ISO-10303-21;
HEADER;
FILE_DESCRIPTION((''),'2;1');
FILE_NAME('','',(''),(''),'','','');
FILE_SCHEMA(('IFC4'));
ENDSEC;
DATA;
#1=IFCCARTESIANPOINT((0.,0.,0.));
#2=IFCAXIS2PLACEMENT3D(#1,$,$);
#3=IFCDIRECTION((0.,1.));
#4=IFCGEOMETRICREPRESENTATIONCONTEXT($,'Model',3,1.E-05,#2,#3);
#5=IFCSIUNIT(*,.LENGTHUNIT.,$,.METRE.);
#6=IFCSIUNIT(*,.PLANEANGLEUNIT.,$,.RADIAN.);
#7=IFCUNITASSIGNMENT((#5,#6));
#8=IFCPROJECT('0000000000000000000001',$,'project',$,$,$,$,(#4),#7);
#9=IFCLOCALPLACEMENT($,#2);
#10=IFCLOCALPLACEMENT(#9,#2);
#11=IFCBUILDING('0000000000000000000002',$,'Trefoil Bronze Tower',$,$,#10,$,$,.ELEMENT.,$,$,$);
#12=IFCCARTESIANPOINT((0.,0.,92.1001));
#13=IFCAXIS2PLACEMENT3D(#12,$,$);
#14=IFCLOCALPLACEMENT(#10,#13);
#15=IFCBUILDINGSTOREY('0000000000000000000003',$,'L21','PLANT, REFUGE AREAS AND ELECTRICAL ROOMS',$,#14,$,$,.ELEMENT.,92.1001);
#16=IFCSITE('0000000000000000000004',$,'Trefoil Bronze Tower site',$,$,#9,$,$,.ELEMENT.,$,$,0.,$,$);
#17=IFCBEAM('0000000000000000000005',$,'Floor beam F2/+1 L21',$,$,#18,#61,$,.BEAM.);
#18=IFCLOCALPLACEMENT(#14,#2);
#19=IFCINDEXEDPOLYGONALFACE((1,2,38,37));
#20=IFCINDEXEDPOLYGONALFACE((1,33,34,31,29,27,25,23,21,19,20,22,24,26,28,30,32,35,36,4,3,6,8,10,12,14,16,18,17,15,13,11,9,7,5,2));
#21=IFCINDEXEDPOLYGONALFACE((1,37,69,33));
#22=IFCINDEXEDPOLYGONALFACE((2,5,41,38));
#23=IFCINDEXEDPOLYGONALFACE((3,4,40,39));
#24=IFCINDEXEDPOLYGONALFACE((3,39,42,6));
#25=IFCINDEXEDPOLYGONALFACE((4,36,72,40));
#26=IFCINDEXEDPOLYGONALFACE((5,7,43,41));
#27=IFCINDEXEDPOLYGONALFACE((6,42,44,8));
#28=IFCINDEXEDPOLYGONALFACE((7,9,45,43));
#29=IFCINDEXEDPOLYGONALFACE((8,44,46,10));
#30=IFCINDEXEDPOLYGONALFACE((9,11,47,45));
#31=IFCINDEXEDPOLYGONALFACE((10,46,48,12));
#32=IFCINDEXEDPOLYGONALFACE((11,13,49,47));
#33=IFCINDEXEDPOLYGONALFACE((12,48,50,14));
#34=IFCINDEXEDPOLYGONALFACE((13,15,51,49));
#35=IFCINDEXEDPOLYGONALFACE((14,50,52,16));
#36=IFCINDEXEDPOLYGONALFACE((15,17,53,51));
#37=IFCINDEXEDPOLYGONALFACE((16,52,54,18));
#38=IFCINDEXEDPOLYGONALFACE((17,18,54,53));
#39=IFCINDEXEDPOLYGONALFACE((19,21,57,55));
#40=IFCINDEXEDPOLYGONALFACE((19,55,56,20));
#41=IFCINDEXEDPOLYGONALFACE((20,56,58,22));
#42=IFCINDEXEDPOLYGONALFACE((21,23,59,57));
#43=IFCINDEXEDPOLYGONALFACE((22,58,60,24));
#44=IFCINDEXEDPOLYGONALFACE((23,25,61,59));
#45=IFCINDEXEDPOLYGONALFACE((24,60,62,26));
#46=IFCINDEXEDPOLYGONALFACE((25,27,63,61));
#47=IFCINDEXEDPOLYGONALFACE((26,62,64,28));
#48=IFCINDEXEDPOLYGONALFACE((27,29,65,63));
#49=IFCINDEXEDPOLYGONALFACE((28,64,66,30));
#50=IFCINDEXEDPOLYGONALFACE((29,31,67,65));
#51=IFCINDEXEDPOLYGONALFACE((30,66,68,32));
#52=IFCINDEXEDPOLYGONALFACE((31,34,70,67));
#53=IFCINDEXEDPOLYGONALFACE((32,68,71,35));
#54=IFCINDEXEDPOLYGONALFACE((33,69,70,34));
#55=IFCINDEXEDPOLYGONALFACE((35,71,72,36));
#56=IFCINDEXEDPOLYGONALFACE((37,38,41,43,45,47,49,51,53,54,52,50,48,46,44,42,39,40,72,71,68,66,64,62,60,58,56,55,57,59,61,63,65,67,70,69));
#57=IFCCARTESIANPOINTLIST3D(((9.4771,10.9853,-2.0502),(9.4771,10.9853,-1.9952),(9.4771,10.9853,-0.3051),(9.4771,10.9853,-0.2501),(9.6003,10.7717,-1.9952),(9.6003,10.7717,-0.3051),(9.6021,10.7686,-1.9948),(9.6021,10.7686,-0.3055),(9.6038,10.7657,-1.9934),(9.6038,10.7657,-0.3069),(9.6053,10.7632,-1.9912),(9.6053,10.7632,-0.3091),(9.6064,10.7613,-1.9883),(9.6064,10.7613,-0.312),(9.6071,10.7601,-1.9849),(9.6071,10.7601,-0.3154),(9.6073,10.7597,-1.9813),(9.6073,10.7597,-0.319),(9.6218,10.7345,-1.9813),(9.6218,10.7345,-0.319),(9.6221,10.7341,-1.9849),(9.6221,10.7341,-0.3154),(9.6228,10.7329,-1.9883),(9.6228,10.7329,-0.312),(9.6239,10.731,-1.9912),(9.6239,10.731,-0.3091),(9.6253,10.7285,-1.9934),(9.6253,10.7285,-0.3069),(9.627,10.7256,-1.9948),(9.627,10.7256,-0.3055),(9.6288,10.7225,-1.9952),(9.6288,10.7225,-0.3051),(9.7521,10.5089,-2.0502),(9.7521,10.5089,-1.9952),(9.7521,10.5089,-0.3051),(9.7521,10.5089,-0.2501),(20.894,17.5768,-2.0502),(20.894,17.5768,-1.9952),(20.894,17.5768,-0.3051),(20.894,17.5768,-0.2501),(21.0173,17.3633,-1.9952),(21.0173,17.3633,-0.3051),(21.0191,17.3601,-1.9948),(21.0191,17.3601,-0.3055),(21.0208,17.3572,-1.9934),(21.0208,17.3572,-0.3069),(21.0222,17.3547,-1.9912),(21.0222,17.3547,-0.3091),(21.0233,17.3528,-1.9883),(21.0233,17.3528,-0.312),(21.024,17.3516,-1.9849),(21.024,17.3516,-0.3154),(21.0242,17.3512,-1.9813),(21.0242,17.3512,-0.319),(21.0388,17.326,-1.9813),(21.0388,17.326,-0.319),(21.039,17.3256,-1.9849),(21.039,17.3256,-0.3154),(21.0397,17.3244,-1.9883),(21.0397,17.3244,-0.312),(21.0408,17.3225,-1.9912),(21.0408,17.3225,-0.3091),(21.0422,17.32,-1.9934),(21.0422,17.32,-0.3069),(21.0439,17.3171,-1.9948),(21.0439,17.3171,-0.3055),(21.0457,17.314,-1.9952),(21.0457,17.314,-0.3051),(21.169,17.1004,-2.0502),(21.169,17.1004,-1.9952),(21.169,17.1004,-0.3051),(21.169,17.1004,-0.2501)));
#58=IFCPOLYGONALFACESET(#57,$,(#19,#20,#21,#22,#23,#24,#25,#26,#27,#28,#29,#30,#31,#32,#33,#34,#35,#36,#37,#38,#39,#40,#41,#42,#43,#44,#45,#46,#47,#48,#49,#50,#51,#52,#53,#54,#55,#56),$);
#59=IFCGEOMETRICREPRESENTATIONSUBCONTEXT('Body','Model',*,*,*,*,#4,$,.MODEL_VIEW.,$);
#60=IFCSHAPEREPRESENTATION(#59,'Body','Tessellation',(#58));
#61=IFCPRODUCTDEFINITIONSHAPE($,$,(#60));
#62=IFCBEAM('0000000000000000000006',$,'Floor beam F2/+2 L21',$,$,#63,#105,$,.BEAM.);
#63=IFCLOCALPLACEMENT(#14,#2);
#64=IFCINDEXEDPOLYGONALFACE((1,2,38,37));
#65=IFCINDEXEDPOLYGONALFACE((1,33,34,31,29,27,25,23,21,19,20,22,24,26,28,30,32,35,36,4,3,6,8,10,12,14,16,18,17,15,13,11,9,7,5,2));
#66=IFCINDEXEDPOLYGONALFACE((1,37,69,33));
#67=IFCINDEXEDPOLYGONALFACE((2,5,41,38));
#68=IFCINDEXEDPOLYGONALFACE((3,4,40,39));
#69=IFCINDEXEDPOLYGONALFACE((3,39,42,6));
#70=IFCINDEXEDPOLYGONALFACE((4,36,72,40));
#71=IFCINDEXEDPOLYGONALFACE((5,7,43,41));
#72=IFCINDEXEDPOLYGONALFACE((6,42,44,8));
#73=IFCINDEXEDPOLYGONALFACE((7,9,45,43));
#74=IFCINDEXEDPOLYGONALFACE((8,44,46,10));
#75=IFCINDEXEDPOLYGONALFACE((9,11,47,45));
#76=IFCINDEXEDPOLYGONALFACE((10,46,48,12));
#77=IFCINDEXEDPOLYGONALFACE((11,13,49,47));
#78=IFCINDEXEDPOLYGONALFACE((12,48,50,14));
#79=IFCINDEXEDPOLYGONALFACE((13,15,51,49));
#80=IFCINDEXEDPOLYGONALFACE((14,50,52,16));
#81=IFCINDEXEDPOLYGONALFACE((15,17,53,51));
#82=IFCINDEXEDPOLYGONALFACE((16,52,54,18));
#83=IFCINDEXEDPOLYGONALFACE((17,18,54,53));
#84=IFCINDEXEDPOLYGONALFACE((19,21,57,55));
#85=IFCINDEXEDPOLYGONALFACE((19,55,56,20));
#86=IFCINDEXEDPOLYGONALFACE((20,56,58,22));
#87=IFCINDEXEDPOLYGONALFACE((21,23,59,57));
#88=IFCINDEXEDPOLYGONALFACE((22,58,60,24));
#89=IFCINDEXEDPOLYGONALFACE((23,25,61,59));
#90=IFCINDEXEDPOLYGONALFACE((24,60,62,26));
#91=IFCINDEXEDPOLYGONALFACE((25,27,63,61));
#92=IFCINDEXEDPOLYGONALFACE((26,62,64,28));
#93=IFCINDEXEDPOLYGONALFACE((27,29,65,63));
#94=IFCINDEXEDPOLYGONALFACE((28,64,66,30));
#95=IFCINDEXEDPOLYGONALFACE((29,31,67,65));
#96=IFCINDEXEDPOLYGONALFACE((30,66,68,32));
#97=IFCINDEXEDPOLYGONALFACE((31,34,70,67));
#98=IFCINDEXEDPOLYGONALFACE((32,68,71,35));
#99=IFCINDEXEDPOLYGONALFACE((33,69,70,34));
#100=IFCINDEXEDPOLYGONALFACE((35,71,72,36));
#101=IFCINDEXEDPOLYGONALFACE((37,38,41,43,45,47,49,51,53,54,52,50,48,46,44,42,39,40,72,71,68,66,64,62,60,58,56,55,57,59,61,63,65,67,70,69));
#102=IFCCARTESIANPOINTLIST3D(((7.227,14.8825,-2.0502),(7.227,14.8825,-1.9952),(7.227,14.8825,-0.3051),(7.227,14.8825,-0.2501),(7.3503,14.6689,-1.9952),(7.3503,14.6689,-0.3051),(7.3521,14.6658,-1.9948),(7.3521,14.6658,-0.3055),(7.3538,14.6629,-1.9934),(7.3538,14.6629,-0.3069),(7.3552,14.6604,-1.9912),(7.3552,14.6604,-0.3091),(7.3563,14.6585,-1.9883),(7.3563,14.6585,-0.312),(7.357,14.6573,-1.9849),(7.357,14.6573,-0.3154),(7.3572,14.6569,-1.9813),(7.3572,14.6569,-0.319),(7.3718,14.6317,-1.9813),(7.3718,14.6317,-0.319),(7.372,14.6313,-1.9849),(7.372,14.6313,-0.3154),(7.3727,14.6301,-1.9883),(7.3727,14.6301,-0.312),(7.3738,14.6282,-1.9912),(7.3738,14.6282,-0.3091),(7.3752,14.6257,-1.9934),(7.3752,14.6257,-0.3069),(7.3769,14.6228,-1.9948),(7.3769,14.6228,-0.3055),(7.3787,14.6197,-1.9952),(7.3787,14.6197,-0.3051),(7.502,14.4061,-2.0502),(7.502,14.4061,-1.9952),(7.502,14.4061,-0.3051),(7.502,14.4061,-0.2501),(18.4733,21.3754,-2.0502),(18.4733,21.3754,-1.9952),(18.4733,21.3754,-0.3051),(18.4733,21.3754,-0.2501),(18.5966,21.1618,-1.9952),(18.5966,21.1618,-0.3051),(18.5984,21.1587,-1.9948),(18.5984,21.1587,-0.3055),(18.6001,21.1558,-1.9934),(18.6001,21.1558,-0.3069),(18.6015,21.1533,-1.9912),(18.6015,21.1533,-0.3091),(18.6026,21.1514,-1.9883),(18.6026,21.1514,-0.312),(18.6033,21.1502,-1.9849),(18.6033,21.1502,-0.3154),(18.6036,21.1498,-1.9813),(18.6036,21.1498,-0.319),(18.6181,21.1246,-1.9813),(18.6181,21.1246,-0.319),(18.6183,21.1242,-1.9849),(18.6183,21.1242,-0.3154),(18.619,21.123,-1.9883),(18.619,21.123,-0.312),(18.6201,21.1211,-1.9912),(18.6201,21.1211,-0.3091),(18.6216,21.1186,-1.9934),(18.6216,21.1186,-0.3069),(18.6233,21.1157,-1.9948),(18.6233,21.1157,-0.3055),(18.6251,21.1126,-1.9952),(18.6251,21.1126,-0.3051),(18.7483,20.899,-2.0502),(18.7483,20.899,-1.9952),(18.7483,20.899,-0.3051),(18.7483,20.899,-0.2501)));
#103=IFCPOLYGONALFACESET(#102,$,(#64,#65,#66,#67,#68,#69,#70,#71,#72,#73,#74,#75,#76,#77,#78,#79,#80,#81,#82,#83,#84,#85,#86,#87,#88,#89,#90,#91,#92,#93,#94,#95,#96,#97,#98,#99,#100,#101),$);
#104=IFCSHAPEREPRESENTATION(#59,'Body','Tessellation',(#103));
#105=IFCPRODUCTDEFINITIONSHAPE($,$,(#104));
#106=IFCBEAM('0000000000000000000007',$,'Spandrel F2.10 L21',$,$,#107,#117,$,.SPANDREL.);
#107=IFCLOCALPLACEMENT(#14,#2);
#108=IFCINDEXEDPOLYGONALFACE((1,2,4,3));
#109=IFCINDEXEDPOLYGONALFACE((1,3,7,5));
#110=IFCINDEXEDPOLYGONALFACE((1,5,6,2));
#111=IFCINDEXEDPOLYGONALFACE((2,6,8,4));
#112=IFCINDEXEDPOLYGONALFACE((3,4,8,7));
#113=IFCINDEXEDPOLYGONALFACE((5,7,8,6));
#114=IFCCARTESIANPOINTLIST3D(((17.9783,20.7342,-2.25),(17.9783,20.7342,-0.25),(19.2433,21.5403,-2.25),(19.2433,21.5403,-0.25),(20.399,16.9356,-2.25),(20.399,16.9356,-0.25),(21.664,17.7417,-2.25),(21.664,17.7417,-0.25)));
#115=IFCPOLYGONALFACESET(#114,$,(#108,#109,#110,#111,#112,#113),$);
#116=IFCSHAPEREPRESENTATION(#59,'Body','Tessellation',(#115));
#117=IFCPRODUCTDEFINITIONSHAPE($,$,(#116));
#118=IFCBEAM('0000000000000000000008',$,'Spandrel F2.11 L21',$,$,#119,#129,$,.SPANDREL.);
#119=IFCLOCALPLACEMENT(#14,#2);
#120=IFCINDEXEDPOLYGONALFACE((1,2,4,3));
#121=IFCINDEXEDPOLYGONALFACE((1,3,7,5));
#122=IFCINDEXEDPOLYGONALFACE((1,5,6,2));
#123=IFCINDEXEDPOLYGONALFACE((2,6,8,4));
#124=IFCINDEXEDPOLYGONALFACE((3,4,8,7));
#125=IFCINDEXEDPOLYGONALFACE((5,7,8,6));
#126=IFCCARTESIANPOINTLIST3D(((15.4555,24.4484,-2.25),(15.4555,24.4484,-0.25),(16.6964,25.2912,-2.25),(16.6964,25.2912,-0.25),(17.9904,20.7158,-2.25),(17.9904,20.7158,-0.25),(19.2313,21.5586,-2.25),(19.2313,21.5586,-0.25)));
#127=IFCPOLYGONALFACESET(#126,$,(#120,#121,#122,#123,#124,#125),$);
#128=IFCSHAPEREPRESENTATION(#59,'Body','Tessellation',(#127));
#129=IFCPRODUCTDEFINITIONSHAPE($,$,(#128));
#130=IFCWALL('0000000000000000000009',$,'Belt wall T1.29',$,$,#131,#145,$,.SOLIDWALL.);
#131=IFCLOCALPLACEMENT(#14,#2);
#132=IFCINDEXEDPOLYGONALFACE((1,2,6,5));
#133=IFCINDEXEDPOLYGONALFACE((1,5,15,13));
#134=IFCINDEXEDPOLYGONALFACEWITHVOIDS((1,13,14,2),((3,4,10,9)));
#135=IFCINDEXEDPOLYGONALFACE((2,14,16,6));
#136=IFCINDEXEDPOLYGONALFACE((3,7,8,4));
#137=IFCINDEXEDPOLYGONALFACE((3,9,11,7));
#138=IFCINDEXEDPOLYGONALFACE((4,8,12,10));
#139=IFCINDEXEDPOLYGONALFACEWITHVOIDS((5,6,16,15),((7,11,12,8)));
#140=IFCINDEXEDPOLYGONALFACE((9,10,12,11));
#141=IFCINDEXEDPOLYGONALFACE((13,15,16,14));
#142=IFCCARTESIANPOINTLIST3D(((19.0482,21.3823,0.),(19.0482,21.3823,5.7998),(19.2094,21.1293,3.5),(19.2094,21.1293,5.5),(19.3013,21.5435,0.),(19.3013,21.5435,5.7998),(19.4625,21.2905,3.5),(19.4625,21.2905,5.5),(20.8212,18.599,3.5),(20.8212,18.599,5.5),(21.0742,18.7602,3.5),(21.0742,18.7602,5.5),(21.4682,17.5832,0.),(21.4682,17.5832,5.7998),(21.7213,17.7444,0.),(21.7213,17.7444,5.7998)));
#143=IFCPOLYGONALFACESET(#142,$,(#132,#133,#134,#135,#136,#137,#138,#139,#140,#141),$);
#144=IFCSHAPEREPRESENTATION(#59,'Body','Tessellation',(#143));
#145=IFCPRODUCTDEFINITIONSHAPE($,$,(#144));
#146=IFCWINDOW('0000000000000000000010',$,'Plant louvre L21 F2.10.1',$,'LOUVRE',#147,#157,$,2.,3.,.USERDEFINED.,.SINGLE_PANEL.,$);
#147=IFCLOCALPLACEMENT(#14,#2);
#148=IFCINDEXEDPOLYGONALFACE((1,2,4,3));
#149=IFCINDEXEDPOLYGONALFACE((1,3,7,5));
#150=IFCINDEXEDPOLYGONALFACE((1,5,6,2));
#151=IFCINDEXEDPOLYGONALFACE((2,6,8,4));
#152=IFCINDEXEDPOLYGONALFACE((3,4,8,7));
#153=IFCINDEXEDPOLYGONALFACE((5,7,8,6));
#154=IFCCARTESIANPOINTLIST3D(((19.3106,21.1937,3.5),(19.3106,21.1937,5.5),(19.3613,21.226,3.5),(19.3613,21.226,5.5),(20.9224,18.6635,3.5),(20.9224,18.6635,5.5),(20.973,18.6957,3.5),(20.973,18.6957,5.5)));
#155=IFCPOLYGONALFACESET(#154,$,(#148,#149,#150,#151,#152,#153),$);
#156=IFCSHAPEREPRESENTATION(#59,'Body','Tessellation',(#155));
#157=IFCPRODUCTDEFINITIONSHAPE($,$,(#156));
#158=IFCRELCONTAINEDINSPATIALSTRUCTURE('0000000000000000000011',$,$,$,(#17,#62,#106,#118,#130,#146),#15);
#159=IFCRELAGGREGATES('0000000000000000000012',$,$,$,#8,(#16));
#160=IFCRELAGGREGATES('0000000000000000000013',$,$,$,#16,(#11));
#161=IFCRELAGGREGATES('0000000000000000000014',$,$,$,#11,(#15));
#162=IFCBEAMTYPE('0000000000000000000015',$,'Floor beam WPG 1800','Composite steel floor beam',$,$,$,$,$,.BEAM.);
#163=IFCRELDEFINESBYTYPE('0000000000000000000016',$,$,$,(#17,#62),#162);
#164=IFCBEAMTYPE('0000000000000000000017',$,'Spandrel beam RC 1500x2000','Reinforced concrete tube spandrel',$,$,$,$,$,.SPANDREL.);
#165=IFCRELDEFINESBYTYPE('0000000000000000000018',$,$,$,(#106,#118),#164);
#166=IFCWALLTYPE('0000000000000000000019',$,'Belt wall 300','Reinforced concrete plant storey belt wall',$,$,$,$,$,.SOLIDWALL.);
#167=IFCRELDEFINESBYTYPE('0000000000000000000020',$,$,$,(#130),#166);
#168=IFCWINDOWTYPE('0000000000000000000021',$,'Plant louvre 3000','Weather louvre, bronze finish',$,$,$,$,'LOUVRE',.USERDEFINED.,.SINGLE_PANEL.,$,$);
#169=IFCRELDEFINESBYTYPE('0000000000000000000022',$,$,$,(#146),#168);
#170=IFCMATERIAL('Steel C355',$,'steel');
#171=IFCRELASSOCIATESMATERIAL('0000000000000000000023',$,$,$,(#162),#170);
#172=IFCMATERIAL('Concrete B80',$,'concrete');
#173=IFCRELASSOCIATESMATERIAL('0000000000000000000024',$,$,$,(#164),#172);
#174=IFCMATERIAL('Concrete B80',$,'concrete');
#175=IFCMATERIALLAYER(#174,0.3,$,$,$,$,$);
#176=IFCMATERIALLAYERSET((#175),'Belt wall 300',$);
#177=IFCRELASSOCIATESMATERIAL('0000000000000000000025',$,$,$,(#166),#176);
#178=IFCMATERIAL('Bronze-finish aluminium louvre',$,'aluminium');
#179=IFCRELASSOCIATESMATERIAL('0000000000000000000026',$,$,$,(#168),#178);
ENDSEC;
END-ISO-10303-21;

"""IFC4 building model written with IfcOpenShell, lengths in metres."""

from ifc_helpers import new_model, si_unit, direction, frame, frame_2d, origin, origin_2d, place, context, subcontext, project, spatial, rectangle, i_section, extrude, material, layer, layer_set, material_profile, profile_set, type_object, element, fill, save


model = new_model("IFC4")

# Units and contexts
model_context = context("Model", 3, precision=1e-05, world=origin(), true_north=direction((0.0, 1.0)))
body_context = subcontext(model_context, "Body", "Model", "MODEL_VIEW")
ifc_project = project(units=[si_unit("LENGTHUNIT", "METRE"), si_unit("PLANEANGLEUNIT", "RADIAN")], contexts=[model_context])

# Site, building, storey
site_placement = place(None, origin())
site = spatial("IfcSite", under=ifc_project, at=site_placement, Name="Trefoil Bronze Tower site", CompositionType="ELEMENT", RefElevation=0.0)
building_placement = place(site_placement, origin())
building = spatial("IfcBuilding", under=site, at=building_placement, Name="Trefoil Bronze Tower", CompositionType="ELEMENT")
storey_placement = place(building_placement, frame((0.0, 0.0, 92.1001)))
storey = spatial("IfcBuildingStorey", under=building, at=storey_placement, Name="L21", Description="PLANT, REFUGE AREAS AND ELECTRICAL ROOMS", CompositionType="ELEMENT", Elevation=92.1001)

# Beams
ifc_material_1 = material(Name="Steel C355", Category="steel")
ifc_material_profile_1 = material_profile(ifc_material_1, i_section(OverallWidth=0.55, OverallDepth=1.8, WebThickness=0.0291, FlangeThickness=0.0549, FilletRadius=0.0139, at=origin_2d()), Name="WPG 1800")
ifc_profile_set_1 = profile_set([ifc_material_profile_1], Name="Steel C355")
beam_type_1 = type_object("IfcBeamType", Name="Floor beam WPG 1800", Description="Composite steel floor beam", PredefinedType="BEAM", material=ifc_profile_set_1)
beam_1_placement = place(storey_placement, frame((21.0315, 17.3386, -1.1501), z_axis=(-0.866027, -0.499997, 0.0), x_axis=(0.499997, -0.866027, 0.0)))
element("IfcBeam", 1, at=beam_1_placement, inside=storey, type_object=beam_type_1, Name="Floor beam F2/+1 L21", PredefinedType="BEAM", context=body_context, shape_type="SweptSolid", body=[
    extrude(i_section(OverallWidth=0.55, OverallDepth=1.8, WebThickness=0.0291, FlangeThickness=0.0549, FilletRadius=0.0139, at=origin_2d()), origin(), (0.0, 0.0, 1.0), 13.1831),
])
beam_2_placement = place(storey_placement, frame((18.6108, 21.1372, -1.1501), z_axis=(-0.866031, -0.499991, 0.0), x_axis=(0.499991, -0.866031, 0.0)))
element("IfcBeam", 2, at=beam_2_placement, inside=storey, type_object=beam_type_1, Name="Floor beam F2/+2 L21", PredefinedType="BEAM", context=body_context, shape_type="SweptSolid", body=[
    extrude(i_section(OverallWidth=0.55, OverallDepth=1.8, WebThickness=0.0291, FlangeThickness=0.0549, FilletRadius=0.0139, at=origin_2d()), origin(), (0.0, 0.0, 1.0), 12.9861),
])
ifc_material_2 = material(Name="Concrete B80", Category="concrete")
ifc_material_profile_2 = material_profile(ifc_material_2, rectangle(XDim=1.5, YDim=2.0, at=origin_2d()), Name="RC 1500x2000")
ifc_profile_set_2 = profile_set([ifc_material_profile_2], Name="Concrete B80")
beam_type_2 = type_object("IfcBeamType", Name="Spandrel beam RC 1500x2000", Description="Reinforced concrete tube spandrel", PredefinedType="SPANDREL", material=ifc_profile_set_2)
beam_3_placement = place(storey_placement, frame((21.0315, 17.3386, -1.25), z_axis=(-0.537408, 0.843322, 0.0), x_axis=(-0.843322, -0.537408, 0.0)))
element("IfcBeam", 3, at=beam_3_placement, inside=storey, type_object=beam_type_2, Name="Spandrel F2.10 L21", PredefinedType="SPANDREL", context=body_context, shape_type="SweptSolid", body=[
    extrude(rectangle(XDim=1.5, YDim=2.0, at=origin_2d()), origin(), (0.0, 0.0, 1.0), 4.5044),
])
beam_4_placement = place(storey_placement, frame((18.6108, 21.1372, -1.25), z_axis=(-0.56181, 0.827267, 0.0), x_axis=(-0.827267, -0.56181, 0.0)))
element("IfcBeam", 4, at=beam_4_placement, inside=storey, type_object=beam_type_2, Name="Spandrel F2.11 L21", PredefinedType="SPANDREL", context=body_context, shape_type="SweptSolid", body=[
    extrude(rectangle(XDim=1.5, YDim=2.0, at=origin_2d()), origin(), (0.0, 0.0, 1.0), 4.512),
])

# Wall, opening, window
ifc_material_3 = material(Name="Concrete B80", Category="concrete")
ifc_layer_1 = layer(ifc_material_3, 0.3)
ifc_layer_set_1 = layer_set([ifc_layer_1], Name="Belt wall 300")
wall_type_1 = type_object("IfcWallType", Name="Belt wall 300", Description="Reinforced concrete plant storey belt wall", PredefinedType="SOLIDWALL", material=ifc_layer_set_1)
wall_1_placement = place(storey_placement, frame((21.5947, 17.6638, 0.0), z_axis=(0.0, 0.0, 1.0), x_axis=(-0.537244, 0.843427, 0.0)))
wall_1 = element("IfcWall", 5, at=wall_1_placement, inside=storey, type_object=wall_type_1, Name="Belt wall T1.29", PredefinedType="SOLIDWALL", context=body_context, shape_type="SweptSolid", body=[
    extrude(rectangle(XDim=4.5044, YDim=0.3, at=frame_2d((2.2522, 0.0))), origin(), (0.0, 0.0, 1.0), 5.7998),
])
opening_1_placement = place(wall_1_placement, frame((1.2043, 0.0, 3.5)))
opening_1 = element("IfcOpeningElement", 6, at=opening_1_placement, cuts=wall_1, PredefinedType="OPENING", context=body_context, shape_type="SweptSolid", body=[
    extrude(rectangle(XDim=3.0, YDim=2.0, at=frame_2d((1.5, 1.0))), frame((0.0, 0.1599, 0.0), z_axis=(0.0, -1.0, 0.0), x_axis=(1.0, 0.0, 0.0)), (0.0, 0.0, 1.0), 0.3201),
])
ifc_material_4 = material(Name="Bronze-finish aluminium louvre", Category="aluminium")
window_type = type_object("IfcWindowType", Name="Plant louvre 3000", Description="Weather louvre, bronze finish", ElementType="LOUVRE", PartitioningType="SINGLE_PANEL", PredefinedType="USERDEFINED", material=ifc_material_4)
window_1_placement = place(opening_1_placement, origin())
window_1 = element("IfcWindow", 7, at=window_1_placement, inside=storey, type_object=window_type, Name="Plant louvre L21 F2.10.1", ObjectType="LOUVRE", OverallHeight=2.0, OverallWidth=3.0, PartitioningType="SINGLE_PANEL", PredefinedType="USERDEFINED", context=body_context, shape_type="SweptSolid", body=[
    extrude(rectangle(XDim=3.0, YDim=2.0, at=frame_2d((1.5, 1.0))), frame((0.0, 0.03, 0.0), z_axis=(0.0, -1.0, 0.0), x_axis=(1.0, 0.0, 0.0)), (0.0, 0.0, 1.0), 0.0601),
])
fill(opening_1, window_1)

save(model, "model.ifc")
